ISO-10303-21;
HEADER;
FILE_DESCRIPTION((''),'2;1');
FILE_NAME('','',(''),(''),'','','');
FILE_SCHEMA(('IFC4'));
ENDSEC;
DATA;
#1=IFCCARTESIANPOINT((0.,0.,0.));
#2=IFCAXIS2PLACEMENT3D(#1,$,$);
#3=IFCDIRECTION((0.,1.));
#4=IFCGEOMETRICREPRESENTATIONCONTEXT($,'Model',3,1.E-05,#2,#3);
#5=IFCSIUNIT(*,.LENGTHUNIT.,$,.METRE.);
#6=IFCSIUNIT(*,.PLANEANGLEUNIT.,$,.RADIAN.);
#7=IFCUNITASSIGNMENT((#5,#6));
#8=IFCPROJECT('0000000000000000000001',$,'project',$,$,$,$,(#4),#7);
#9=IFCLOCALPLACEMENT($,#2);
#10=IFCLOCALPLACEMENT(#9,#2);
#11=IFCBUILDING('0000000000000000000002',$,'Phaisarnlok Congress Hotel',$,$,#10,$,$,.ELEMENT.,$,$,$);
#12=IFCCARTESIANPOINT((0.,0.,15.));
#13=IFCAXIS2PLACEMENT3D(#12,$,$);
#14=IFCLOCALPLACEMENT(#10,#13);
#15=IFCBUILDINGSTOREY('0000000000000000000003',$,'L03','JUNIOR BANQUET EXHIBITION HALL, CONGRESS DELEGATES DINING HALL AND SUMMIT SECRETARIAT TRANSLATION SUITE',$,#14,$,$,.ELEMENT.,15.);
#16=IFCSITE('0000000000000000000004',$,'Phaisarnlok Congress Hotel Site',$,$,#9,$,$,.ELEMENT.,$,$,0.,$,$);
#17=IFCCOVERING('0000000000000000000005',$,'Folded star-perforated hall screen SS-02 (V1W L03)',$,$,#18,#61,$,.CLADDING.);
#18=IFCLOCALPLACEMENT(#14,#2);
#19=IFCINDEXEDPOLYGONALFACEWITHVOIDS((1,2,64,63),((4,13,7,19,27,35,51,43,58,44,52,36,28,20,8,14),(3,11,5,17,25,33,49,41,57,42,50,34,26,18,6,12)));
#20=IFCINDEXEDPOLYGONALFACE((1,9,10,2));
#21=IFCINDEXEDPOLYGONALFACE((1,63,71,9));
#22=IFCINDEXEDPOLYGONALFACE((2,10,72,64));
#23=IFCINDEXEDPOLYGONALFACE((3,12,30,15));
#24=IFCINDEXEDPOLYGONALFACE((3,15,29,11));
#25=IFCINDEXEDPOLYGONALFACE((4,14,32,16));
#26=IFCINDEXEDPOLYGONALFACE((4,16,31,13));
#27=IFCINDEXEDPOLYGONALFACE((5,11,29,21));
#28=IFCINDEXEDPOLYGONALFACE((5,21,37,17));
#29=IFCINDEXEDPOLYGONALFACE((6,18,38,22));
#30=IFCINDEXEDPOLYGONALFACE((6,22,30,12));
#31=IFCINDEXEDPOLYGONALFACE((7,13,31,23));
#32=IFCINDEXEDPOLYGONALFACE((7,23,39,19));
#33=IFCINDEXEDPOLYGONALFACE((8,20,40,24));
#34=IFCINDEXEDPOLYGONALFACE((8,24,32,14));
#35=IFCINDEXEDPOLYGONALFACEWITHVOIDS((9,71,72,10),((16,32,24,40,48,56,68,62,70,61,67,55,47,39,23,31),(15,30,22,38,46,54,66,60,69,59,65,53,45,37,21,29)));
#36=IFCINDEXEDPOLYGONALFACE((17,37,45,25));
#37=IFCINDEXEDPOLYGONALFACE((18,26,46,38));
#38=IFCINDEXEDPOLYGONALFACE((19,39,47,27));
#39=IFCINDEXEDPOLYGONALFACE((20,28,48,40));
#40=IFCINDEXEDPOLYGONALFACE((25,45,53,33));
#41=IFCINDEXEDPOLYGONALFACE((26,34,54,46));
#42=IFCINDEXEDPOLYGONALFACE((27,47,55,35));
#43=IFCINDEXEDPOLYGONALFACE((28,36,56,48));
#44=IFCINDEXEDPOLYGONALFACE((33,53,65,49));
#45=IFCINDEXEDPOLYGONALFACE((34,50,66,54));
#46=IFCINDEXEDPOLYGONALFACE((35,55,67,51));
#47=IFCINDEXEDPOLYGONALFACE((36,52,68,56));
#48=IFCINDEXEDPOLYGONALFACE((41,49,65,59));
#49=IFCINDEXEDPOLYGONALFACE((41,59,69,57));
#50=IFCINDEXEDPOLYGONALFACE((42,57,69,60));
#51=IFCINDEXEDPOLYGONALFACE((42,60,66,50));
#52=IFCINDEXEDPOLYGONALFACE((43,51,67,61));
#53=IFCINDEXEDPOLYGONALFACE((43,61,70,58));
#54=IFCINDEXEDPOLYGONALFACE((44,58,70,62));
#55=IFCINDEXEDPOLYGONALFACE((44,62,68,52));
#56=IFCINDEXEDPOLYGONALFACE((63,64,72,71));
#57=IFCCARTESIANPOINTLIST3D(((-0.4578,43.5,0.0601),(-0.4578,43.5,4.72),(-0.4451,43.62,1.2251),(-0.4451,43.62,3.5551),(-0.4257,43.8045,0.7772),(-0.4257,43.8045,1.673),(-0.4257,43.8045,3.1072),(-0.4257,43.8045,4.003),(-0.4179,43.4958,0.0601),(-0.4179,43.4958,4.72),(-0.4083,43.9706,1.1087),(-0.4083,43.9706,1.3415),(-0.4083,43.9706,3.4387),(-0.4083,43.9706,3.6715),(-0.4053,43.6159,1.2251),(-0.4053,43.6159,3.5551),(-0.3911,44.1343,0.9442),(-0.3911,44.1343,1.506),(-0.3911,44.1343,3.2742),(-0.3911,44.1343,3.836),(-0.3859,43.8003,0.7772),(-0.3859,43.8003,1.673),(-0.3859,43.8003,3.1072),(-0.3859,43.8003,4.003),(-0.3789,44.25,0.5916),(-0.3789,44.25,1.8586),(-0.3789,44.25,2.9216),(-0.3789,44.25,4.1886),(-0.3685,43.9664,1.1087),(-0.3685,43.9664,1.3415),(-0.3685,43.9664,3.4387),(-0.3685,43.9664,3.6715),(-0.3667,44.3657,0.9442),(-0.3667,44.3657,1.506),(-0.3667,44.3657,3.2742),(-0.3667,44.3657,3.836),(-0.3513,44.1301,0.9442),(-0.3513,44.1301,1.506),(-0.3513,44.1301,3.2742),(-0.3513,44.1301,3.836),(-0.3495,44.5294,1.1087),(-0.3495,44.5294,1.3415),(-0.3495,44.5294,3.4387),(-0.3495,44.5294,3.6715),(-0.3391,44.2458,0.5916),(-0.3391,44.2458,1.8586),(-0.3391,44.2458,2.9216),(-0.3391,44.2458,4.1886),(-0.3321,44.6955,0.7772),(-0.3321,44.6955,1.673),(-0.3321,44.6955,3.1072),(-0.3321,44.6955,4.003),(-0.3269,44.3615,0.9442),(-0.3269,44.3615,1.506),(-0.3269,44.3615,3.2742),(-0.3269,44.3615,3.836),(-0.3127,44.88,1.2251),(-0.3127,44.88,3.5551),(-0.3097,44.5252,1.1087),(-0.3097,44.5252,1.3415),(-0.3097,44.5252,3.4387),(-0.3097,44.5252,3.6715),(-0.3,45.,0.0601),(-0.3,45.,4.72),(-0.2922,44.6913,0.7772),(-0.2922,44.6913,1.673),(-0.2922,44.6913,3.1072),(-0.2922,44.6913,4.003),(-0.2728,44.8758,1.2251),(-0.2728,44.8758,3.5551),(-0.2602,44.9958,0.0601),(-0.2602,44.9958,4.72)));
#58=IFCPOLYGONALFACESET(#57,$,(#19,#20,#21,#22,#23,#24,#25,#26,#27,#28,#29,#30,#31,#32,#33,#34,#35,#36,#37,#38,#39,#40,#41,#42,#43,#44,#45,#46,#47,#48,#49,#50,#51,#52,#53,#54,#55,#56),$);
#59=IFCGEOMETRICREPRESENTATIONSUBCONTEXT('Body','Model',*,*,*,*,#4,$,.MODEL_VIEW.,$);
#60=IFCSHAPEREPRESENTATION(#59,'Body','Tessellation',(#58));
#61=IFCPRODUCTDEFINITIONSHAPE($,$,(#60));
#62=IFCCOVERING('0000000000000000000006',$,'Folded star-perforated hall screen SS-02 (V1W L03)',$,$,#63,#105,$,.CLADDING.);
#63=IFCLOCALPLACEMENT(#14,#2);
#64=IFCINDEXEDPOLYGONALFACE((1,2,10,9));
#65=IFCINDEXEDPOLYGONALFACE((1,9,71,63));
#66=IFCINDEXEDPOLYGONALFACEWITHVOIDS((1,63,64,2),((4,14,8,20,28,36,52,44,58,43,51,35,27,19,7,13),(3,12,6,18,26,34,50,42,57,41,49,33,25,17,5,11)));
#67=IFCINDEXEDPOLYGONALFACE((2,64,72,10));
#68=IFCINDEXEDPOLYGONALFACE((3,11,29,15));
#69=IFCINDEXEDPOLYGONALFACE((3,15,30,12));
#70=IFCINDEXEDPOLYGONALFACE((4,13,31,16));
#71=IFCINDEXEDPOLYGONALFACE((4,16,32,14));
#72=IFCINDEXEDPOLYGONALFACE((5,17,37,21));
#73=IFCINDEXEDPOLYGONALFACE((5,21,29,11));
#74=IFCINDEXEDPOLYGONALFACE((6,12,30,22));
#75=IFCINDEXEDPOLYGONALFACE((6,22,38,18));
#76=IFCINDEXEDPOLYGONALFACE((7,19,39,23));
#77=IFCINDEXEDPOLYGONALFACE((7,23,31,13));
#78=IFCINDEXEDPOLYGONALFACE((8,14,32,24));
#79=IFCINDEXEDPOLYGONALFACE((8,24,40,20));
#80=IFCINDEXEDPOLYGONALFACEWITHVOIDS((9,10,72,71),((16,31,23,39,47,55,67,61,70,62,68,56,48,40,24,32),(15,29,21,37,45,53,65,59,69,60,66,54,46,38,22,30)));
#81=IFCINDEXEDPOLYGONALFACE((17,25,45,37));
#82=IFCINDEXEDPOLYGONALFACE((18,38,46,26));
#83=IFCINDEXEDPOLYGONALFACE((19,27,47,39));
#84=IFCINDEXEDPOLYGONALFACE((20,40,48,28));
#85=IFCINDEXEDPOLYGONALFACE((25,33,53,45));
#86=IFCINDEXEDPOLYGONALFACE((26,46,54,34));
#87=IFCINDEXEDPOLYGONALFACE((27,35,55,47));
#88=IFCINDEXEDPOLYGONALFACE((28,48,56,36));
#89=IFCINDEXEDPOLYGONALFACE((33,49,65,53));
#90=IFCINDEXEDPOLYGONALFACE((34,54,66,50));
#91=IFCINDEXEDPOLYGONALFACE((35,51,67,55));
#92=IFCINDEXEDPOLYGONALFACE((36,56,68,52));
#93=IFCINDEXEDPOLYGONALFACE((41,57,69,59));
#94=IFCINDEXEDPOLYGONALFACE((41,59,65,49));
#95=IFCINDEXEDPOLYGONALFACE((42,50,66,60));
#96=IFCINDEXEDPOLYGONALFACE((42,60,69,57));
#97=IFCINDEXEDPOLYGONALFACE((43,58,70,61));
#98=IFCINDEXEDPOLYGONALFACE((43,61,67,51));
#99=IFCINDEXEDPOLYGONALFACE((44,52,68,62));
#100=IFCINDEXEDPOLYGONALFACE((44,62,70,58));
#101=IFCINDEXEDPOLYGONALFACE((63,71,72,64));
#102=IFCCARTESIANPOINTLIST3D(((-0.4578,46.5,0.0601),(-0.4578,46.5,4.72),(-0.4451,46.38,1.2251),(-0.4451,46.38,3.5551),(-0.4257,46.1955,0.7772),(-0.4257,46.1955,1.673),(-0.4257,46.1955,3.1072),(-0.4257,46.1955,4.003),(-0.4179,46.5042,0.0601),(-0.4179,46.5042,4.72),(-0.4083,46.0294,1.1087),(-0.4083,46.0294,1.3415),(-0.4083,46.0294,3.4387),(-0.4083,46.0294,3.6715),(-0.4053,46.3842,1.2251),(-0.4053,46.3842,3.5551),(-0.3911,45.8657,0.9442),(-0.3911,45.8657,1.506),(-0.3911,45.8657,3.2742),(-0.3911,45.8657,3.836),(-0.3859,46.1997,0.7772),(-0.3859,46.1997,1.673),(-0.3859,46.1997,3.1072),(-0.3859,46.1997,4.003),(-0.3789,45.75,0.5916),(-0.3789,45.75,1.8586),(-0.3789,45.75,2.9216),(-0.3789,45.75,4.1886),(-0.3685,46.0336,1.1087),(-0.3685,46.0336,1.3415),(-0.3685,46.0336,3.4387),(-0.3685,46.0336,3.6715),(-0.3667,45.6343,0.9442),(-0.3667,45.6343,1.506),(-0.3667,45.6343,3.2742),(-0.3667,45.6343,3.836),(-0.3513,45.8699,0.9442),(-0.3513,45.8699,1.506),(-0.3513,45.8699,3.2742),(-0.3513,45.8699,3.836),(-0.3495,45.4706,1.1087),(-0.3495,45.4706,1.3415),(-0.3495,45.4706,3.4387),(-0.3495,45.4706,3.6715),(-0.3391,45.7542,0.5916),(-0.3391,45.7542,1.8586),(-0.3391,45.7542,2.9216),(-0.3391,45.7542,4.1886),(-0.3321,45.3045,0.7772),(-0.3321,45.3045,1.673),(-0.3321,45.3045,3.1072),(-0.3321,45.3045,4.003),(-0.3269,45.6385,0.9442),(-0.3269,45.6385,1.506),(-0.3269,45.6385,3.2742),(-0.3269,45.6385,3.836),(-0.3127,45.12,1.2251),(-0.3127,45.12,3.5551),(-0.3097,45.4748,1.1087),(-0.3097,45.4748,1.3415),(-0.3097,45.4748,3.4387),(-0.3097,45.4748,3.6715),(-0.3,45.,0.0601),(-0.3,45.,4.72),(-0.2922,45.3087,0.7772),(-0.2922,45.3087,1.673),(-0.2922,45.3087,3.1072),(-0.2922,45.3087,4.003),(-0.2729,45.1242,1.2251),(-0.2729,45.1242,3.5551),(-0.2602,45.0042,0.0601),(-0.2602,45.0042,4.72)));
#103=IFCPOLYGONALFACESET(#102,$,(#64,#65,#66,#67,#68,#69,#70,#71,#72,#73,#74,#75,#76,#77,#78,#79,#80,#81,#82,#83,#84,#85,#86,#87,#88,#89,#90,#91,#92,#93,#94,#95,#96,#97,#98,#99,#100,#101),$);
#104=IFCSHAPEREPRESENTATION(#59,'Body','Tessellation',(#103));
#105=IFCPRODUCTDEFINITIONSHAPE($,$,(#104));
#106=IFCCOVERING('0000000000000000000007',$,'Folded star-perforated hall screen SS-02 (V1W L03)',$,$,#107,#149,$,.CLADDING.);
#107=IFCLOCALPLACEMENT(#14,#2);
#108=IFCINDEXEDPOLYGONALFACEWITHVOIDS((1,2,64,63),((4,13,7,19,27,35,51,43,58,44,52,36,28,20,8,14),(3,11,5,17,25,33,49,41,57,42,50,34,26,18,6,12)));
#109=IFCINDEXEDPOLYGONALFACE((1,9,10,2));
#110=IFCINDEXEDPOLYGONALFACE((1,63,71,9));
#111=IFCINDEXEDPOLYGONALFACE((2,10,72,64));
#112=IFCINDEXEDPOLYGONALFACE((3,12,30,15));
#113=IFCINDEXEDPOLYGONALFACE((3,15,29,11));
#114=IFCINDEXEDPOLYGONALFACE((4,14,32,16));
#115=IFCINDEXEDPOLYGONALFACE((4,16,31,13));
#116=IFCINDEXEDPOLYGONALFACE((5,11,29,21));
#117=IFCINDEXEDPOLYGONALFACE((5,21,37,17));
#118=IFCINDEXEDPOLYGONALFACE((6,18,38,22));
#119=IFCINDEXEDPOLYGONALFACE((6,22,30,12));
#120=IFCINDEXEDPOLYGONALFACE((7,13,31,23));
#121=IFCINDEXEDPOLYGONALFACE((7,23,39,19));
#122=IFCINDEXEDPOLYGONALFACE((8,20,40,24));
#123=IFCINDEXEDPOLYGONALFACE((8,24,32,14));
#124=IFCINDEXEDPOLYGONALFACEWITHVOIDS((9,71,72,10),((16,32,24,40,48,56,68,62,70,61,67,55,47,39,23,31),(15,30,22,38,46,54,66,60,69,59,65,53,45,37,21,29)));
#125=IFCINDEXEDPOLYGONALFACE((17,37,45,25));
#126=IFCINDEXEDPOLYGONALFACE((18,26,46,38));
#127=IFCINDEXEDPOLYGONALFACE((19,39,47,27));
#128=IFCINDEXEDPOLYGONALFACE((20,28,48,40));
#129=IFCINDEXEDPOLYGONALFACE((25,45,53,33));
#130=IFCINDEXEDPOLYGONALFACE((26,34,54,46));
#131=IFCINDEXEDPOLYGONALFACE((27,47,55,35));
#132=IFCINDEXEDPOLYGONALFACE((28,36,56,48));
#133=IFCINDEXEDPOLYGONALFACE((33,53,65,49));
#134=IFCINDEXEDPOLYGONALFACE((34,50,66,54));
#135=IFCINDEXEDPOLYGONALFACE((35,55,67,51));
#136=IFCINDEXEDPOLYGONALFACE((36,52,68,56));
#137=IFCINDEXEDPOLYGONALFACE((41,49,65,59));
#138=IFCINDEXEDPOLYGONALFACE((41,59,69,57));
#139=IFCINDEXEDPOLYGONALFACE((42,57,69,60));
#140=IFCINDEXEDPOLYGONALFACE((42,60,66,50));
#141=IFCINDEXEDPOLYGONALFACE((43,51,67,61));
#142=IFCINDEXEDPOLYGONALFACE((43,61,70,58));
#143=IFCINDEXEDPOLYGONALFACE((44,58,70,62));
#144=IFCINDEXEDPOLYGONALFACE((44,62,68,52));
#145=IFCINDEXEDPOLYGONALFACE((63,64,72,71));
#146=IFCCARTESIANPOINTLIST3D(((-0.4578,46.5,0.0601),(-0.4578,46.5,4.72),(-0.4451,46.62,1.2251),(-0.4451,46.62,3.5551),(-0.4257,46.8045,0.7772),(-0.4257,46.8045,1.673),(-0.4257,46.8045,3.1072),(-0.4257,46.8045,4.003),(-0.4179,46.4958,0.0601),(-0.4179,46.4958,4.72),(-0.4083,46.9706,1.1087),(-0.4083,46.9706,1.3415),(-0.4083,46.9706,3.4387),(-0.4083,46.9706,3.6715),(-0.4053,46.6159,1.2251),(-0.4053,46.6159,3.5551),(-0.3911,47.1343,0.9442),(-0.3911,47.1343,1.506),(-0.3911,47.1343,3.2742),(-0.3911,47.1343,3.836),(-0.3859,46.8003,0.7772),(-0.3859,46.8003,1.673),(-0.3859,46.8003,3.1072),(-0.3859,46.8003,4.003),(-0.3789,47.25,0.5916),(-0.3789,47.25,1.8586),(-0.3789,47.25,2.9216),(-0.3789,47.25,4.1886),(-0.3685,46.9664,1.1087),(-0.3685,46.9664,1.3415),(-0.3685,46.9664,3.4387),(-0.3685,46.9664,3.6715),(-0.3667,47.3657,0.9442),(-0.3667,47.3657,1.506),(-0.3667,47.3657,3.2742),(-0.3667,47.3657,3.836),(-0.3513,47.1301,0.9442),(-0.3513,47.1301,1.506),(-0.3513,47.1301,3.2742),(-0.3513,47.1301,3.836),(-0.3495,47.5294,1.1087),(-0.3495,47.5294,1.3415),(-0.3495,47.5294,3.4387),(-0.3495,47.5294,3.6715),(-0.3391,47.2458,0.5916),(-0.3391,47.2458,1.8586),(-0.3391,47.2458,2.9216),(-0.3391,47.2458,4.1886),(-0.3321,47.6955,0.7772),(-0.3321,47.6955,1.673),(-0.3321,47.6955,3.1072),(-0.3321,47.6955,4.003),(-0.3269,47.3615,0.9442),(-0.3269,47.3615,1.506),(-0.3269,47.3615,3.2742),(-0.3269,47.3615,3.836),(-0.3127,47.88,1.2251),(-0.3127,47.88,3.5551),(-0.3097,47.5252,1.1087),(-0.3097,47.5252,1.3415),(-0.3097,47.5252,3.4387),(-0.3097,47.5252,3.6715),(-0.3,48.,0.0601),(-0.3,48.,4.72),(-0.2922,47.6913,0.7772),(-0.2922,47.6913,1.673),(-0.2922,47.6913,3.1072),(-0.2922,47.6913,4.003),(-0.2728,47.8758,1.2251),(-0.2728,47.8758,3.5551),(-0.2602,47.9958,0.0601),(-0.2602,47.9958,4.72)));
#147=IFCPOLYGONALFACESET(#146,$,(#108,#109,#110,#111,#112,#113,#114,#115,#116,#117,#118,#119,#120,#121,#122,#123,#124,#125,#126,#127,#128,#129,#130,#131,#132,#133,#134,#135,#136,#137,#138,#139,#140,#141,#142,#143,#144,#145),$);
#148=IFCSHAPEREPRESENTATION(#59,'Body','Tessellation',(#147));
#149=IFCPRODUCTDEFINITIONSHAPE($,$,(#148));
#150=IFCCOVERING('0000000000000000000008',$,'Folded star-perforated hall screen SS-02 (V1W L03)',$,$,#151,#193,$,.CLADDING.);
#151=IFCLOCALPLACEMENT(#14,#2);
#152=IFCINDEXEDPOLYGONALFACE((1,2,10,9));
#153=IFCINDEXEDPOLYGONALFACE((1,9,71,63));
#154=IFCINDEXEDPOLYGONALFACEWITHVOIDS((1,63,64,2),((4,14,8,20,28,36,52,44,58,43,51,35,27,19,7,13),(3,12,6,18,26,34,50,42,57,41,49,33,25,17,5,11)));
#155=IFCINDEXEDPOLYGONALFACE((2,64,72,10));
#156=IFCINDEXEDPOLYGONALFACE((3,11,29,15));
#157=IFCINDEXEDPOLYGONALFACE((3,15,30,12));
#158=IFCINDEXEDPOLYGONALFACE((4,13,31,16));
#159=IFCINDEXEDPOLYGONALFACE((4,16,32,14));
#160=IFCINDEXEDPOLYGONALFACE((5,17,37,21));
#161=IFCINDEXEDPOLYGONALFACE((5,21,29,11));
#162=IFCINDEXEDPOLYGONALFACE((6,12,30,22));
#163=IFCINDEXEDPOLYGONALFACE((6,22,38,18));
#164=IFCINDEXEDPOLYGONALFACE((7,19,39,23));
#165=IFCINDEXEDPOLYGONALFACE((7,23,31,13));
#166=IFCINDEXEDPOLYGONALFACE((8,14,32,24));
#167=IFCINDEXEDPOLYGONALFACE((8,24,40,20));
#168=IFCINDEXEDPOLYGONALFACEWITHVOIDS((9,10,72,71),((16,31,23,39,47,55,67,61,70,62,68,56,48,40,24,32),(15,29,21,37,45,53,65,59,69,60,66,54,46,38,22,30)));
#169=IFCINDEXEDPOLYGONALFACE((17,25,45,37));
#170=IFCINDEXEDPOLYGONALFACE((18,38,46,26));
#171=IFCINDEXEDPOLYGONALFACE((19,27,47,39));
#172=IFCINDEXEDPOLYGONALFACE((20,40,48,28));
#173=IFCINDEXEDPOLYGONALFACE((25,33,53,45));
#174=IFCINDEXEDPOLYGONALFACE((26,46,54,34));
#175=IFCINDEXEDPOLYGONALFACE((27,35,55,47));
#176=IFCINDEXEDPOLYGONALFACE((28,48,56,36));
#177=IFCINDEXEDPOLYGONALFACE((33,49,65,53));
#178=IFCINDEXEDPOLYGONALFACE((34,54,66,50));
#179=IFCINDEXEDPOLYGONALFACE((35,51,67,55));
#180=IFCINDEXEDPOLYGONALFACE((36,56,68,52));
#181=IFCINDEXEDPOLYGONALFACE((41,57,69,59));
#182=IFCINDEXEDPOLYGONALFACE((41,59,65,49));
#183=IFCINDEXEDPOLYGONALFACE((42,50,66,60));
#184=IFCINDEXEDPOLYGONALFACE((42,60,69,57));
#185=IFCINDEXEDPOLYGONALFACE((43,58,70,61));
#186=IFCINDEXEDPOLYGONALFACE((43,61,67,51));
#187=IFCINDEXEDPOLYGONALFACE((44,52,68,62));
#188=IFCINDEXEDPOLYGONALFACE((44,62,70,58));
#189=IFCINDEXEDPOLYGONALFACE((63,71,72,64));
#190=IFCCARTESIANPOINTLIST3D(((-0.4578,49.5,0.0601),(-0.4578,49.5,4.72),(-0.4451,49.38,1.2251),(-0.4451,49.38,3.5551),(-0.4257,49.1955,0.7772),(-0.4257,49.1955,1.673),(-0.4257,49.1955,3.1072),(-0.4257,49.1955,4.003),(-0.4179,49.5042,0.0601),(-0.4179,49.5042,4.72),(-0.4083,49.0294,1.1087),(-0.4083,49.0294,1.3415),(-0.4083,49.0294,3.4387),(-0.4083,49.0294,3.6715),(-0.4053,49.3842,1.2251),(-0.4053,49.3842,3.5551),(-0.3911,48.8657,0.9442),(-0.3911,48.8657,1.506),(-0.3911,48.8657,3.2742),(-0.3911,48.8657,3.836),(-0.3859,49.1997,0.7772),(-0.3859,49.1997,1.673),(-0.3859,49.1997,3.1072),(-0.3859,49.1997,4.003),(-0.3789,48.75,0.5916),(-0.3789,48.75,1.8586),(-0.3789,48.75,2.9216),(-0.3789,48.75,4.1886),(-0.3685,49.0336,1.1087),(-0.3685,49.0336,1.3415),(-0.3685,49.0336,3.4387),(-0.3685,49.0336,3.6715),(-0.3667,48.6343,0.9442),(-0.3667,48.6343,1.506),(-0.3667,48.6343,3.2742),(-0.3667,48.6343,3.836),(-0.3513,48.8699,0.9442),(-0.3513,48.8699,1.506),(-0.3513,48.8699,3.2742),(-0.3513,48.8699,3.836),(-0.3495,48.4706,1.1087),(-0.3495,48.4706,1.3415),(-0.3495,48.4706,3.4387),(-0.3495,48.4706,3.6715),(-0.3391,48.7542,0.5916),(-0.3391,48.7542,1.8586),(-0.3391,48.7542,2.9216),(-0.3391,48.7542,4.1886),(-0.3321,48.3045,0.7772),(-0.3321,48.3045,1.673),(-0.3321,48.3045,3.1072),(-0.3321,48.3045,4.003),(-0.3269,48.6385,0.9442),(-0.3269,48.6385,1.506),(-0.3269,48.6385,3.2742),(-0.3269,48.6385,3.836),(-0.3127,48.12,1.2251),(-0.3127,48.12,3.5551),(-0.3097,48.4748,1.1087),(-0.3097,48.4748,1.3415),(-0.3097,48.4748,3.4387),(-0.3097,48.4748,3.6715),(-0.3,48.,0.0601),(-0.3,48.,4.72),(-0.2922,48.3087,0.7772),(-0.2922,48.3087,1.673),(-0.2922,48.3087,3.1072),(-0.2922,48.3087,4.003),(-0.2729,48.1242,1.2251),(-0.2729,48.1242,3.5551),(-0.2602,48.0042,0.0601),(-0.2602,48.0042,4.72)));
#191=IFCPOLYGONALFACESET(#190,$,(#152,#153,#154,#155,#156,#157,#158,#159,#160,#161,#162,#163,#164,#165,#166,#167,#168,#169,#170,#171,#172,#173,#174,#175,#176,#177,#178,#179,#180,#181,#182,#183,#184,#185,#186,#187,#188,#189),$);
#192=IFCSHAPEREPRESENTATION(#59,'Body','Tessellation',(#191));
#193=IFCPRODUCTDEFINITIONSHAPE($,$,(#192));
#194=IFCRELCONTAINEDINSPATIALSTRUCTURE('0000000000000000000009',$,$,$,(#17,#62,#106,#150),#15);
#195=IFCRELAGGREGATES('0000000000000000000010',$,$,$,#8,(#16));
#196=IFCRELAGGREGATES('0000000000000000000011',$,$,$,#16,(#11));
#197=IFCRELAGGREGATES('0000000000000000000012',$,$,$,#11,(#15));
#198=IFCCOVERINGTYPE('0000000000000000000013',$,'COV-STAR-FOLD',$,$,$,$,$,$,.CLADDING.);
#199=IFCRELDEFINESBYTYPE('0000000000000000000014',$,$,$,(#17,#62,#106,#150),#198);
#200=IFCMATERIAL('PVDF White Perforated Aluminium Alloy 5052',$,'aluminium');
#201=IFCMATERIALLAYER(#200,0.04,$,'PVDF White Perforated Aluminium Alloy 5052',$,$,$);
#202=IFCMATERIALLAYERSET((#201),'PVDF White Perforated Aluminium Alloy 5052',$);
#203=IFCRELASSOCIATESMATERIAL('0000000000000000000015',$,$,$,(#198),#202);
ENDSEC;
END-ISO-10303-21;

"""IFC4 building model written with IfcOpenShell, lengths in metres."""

from ifc_helpers import new_model, si_unit, direction, frame, origin, place, context, subcontext, project, spatial, polyline, outline, extrude, material, layer, layer_set, type_object, element, save


model = new_model("IFC4")

# Units and contexts
model_context = context("Model", 3, precision=1e-05, world=origin(), true_north=direction((0.0, 1.0)))
body_context = subcontext(model_context, "Body", "Model", "MODEL_VIEW")
ifc_project = project(units=[si_unit("LENGTHUNIT", "METRE"), si_unit("PLANEANGLEUNIT", "RADIAN")], contexts=[model_context])

# Site, building, storey
site_placement = place(None, origin())
site = spatial("IfcSite", under=ifc_project, at=site_placement, Name="Phaisarnlok Congress Hotel Site", CompositionType="ELEMENT", RefElevation=0.0)
building_placement = place(site_placement, origin())
building = spatial("IfcBuilding", under=site, at=building_placement, Name="Phaisarnlok Congress Hotel", CompositionType="ELEMENT")
storey_placement = place(building_placement, frame((0.0, 0.0, 15.0)))
storey = spatial("IfcBuildingStorey", under=building, at=storey_placement, Name="L03", Description="JUNIOR BANQUET EXHIBITION HALL, CONGRESS DELEGATES DINING HALL AND SUMMIT SECRETARIAT TRANSLATION SUITE", CompositionType="ELEMENT", Elevation=15.0)

# Coverings
ifc_material_1 = material(Name="PVDF White Perforated Aluminium Alloy 5052", Category="aluminium")
ifc_layer = layer(ifc_material_1, 0.04, Name="PVDF White Perforated Aluminium Alloy 5052")
ifc_layer_set = layer_set([ifc_layer], Name="PVDF White Perforated Aluminium Alloy 5052")
covering_type = type_object("IfcCoveringType", Name="COV-STAR-FOLD", PredefinedType="CLADDING", material=ifc_layer_set)
for number, where, z_axis, x_axis, name in (
    (1, (-0.4578, 43.5, 0.0601), (0.994518, -0.104567, 0.0), (0.104567, 0.994518, 0.0), "Folded star-perforated hall screen SS-02 (V1W L03)"),
    (2, (-0.3, 45.0, 0.0601), (0.994518, 0.104567, 0.0), (-0.104567, 0.994518, 0.0), "Folded star-perforated hall screen SS-02 (V1W L03)"),
    (3, (-0.4578, 46.5, 0.0601), (0.994518, -0.104567, 0.0), (0.104567, 0.994518, 0.0), "Folded star-perforated hall screen SS-02 (V1W L03)"),
    (4, (-0.3, 48.0, 0.0601), (0.994518, 0.104567, 0.0), (-0.104567, 0.994518, 0.0), "Folded star-perforated hall screen SS-02 (V1W L03)"),
):
    element("IfcCovering", number, at=place(storey_placement, frame(where, z_axis=z_axis, x_axis=x_axis)), inside=storey, type_object=covering_type, Name=name, PredefinedType="CLADDING", context=body_context, shape_type="SweptSolid", body=[
        extrude(outline(polyline([(0.0, 0.0), (1.5083, 0.0), (1.5083, 4.6599), (0.0, 4.6599), (0.0, 0.0)]), holes=[polyline([(1.0351, 1.0486), (1.2021, 0.7171), (0.8705, 0.8841), (0.7541, 0.5315), (0.6378, 0.8841), (0.3062, 0.7171), (0.4732, 1.0486), (0.1207, 1.165), (0.4732, 1.2814), (0.3062, 1.6129), (0.6378, 1.4459), (0.7541, 1.7985), (0.8705, 1.4459), (1.2021, 1.6129), (1.0351, 1.2814), (1.3876, 1.165), (1.0351, 1.0486)]), polyline([(1.0351, 3.3786), (1.2021, 3.0471), (0.8705, 3.2141), (0.7541, 2.8615), (0.6378, 3.2141), (0.3062, 3.0471), (0.4732, 3.3786), (0.1207, 3.495), (0.4732, 3.6114), (0.3062, 3.9429), (0.6378, 3.7759), (0.7541, 4.1285), (0.8705, 3.7759), (1.2021, 3.9429), (1.0351, 3.6114), (1.3876, 3.495), (1.0351, 3.3786)])]), origin(), (0.0, 0.0, 1.0), 0.04),
    ])

save(model, "model.ifc")
